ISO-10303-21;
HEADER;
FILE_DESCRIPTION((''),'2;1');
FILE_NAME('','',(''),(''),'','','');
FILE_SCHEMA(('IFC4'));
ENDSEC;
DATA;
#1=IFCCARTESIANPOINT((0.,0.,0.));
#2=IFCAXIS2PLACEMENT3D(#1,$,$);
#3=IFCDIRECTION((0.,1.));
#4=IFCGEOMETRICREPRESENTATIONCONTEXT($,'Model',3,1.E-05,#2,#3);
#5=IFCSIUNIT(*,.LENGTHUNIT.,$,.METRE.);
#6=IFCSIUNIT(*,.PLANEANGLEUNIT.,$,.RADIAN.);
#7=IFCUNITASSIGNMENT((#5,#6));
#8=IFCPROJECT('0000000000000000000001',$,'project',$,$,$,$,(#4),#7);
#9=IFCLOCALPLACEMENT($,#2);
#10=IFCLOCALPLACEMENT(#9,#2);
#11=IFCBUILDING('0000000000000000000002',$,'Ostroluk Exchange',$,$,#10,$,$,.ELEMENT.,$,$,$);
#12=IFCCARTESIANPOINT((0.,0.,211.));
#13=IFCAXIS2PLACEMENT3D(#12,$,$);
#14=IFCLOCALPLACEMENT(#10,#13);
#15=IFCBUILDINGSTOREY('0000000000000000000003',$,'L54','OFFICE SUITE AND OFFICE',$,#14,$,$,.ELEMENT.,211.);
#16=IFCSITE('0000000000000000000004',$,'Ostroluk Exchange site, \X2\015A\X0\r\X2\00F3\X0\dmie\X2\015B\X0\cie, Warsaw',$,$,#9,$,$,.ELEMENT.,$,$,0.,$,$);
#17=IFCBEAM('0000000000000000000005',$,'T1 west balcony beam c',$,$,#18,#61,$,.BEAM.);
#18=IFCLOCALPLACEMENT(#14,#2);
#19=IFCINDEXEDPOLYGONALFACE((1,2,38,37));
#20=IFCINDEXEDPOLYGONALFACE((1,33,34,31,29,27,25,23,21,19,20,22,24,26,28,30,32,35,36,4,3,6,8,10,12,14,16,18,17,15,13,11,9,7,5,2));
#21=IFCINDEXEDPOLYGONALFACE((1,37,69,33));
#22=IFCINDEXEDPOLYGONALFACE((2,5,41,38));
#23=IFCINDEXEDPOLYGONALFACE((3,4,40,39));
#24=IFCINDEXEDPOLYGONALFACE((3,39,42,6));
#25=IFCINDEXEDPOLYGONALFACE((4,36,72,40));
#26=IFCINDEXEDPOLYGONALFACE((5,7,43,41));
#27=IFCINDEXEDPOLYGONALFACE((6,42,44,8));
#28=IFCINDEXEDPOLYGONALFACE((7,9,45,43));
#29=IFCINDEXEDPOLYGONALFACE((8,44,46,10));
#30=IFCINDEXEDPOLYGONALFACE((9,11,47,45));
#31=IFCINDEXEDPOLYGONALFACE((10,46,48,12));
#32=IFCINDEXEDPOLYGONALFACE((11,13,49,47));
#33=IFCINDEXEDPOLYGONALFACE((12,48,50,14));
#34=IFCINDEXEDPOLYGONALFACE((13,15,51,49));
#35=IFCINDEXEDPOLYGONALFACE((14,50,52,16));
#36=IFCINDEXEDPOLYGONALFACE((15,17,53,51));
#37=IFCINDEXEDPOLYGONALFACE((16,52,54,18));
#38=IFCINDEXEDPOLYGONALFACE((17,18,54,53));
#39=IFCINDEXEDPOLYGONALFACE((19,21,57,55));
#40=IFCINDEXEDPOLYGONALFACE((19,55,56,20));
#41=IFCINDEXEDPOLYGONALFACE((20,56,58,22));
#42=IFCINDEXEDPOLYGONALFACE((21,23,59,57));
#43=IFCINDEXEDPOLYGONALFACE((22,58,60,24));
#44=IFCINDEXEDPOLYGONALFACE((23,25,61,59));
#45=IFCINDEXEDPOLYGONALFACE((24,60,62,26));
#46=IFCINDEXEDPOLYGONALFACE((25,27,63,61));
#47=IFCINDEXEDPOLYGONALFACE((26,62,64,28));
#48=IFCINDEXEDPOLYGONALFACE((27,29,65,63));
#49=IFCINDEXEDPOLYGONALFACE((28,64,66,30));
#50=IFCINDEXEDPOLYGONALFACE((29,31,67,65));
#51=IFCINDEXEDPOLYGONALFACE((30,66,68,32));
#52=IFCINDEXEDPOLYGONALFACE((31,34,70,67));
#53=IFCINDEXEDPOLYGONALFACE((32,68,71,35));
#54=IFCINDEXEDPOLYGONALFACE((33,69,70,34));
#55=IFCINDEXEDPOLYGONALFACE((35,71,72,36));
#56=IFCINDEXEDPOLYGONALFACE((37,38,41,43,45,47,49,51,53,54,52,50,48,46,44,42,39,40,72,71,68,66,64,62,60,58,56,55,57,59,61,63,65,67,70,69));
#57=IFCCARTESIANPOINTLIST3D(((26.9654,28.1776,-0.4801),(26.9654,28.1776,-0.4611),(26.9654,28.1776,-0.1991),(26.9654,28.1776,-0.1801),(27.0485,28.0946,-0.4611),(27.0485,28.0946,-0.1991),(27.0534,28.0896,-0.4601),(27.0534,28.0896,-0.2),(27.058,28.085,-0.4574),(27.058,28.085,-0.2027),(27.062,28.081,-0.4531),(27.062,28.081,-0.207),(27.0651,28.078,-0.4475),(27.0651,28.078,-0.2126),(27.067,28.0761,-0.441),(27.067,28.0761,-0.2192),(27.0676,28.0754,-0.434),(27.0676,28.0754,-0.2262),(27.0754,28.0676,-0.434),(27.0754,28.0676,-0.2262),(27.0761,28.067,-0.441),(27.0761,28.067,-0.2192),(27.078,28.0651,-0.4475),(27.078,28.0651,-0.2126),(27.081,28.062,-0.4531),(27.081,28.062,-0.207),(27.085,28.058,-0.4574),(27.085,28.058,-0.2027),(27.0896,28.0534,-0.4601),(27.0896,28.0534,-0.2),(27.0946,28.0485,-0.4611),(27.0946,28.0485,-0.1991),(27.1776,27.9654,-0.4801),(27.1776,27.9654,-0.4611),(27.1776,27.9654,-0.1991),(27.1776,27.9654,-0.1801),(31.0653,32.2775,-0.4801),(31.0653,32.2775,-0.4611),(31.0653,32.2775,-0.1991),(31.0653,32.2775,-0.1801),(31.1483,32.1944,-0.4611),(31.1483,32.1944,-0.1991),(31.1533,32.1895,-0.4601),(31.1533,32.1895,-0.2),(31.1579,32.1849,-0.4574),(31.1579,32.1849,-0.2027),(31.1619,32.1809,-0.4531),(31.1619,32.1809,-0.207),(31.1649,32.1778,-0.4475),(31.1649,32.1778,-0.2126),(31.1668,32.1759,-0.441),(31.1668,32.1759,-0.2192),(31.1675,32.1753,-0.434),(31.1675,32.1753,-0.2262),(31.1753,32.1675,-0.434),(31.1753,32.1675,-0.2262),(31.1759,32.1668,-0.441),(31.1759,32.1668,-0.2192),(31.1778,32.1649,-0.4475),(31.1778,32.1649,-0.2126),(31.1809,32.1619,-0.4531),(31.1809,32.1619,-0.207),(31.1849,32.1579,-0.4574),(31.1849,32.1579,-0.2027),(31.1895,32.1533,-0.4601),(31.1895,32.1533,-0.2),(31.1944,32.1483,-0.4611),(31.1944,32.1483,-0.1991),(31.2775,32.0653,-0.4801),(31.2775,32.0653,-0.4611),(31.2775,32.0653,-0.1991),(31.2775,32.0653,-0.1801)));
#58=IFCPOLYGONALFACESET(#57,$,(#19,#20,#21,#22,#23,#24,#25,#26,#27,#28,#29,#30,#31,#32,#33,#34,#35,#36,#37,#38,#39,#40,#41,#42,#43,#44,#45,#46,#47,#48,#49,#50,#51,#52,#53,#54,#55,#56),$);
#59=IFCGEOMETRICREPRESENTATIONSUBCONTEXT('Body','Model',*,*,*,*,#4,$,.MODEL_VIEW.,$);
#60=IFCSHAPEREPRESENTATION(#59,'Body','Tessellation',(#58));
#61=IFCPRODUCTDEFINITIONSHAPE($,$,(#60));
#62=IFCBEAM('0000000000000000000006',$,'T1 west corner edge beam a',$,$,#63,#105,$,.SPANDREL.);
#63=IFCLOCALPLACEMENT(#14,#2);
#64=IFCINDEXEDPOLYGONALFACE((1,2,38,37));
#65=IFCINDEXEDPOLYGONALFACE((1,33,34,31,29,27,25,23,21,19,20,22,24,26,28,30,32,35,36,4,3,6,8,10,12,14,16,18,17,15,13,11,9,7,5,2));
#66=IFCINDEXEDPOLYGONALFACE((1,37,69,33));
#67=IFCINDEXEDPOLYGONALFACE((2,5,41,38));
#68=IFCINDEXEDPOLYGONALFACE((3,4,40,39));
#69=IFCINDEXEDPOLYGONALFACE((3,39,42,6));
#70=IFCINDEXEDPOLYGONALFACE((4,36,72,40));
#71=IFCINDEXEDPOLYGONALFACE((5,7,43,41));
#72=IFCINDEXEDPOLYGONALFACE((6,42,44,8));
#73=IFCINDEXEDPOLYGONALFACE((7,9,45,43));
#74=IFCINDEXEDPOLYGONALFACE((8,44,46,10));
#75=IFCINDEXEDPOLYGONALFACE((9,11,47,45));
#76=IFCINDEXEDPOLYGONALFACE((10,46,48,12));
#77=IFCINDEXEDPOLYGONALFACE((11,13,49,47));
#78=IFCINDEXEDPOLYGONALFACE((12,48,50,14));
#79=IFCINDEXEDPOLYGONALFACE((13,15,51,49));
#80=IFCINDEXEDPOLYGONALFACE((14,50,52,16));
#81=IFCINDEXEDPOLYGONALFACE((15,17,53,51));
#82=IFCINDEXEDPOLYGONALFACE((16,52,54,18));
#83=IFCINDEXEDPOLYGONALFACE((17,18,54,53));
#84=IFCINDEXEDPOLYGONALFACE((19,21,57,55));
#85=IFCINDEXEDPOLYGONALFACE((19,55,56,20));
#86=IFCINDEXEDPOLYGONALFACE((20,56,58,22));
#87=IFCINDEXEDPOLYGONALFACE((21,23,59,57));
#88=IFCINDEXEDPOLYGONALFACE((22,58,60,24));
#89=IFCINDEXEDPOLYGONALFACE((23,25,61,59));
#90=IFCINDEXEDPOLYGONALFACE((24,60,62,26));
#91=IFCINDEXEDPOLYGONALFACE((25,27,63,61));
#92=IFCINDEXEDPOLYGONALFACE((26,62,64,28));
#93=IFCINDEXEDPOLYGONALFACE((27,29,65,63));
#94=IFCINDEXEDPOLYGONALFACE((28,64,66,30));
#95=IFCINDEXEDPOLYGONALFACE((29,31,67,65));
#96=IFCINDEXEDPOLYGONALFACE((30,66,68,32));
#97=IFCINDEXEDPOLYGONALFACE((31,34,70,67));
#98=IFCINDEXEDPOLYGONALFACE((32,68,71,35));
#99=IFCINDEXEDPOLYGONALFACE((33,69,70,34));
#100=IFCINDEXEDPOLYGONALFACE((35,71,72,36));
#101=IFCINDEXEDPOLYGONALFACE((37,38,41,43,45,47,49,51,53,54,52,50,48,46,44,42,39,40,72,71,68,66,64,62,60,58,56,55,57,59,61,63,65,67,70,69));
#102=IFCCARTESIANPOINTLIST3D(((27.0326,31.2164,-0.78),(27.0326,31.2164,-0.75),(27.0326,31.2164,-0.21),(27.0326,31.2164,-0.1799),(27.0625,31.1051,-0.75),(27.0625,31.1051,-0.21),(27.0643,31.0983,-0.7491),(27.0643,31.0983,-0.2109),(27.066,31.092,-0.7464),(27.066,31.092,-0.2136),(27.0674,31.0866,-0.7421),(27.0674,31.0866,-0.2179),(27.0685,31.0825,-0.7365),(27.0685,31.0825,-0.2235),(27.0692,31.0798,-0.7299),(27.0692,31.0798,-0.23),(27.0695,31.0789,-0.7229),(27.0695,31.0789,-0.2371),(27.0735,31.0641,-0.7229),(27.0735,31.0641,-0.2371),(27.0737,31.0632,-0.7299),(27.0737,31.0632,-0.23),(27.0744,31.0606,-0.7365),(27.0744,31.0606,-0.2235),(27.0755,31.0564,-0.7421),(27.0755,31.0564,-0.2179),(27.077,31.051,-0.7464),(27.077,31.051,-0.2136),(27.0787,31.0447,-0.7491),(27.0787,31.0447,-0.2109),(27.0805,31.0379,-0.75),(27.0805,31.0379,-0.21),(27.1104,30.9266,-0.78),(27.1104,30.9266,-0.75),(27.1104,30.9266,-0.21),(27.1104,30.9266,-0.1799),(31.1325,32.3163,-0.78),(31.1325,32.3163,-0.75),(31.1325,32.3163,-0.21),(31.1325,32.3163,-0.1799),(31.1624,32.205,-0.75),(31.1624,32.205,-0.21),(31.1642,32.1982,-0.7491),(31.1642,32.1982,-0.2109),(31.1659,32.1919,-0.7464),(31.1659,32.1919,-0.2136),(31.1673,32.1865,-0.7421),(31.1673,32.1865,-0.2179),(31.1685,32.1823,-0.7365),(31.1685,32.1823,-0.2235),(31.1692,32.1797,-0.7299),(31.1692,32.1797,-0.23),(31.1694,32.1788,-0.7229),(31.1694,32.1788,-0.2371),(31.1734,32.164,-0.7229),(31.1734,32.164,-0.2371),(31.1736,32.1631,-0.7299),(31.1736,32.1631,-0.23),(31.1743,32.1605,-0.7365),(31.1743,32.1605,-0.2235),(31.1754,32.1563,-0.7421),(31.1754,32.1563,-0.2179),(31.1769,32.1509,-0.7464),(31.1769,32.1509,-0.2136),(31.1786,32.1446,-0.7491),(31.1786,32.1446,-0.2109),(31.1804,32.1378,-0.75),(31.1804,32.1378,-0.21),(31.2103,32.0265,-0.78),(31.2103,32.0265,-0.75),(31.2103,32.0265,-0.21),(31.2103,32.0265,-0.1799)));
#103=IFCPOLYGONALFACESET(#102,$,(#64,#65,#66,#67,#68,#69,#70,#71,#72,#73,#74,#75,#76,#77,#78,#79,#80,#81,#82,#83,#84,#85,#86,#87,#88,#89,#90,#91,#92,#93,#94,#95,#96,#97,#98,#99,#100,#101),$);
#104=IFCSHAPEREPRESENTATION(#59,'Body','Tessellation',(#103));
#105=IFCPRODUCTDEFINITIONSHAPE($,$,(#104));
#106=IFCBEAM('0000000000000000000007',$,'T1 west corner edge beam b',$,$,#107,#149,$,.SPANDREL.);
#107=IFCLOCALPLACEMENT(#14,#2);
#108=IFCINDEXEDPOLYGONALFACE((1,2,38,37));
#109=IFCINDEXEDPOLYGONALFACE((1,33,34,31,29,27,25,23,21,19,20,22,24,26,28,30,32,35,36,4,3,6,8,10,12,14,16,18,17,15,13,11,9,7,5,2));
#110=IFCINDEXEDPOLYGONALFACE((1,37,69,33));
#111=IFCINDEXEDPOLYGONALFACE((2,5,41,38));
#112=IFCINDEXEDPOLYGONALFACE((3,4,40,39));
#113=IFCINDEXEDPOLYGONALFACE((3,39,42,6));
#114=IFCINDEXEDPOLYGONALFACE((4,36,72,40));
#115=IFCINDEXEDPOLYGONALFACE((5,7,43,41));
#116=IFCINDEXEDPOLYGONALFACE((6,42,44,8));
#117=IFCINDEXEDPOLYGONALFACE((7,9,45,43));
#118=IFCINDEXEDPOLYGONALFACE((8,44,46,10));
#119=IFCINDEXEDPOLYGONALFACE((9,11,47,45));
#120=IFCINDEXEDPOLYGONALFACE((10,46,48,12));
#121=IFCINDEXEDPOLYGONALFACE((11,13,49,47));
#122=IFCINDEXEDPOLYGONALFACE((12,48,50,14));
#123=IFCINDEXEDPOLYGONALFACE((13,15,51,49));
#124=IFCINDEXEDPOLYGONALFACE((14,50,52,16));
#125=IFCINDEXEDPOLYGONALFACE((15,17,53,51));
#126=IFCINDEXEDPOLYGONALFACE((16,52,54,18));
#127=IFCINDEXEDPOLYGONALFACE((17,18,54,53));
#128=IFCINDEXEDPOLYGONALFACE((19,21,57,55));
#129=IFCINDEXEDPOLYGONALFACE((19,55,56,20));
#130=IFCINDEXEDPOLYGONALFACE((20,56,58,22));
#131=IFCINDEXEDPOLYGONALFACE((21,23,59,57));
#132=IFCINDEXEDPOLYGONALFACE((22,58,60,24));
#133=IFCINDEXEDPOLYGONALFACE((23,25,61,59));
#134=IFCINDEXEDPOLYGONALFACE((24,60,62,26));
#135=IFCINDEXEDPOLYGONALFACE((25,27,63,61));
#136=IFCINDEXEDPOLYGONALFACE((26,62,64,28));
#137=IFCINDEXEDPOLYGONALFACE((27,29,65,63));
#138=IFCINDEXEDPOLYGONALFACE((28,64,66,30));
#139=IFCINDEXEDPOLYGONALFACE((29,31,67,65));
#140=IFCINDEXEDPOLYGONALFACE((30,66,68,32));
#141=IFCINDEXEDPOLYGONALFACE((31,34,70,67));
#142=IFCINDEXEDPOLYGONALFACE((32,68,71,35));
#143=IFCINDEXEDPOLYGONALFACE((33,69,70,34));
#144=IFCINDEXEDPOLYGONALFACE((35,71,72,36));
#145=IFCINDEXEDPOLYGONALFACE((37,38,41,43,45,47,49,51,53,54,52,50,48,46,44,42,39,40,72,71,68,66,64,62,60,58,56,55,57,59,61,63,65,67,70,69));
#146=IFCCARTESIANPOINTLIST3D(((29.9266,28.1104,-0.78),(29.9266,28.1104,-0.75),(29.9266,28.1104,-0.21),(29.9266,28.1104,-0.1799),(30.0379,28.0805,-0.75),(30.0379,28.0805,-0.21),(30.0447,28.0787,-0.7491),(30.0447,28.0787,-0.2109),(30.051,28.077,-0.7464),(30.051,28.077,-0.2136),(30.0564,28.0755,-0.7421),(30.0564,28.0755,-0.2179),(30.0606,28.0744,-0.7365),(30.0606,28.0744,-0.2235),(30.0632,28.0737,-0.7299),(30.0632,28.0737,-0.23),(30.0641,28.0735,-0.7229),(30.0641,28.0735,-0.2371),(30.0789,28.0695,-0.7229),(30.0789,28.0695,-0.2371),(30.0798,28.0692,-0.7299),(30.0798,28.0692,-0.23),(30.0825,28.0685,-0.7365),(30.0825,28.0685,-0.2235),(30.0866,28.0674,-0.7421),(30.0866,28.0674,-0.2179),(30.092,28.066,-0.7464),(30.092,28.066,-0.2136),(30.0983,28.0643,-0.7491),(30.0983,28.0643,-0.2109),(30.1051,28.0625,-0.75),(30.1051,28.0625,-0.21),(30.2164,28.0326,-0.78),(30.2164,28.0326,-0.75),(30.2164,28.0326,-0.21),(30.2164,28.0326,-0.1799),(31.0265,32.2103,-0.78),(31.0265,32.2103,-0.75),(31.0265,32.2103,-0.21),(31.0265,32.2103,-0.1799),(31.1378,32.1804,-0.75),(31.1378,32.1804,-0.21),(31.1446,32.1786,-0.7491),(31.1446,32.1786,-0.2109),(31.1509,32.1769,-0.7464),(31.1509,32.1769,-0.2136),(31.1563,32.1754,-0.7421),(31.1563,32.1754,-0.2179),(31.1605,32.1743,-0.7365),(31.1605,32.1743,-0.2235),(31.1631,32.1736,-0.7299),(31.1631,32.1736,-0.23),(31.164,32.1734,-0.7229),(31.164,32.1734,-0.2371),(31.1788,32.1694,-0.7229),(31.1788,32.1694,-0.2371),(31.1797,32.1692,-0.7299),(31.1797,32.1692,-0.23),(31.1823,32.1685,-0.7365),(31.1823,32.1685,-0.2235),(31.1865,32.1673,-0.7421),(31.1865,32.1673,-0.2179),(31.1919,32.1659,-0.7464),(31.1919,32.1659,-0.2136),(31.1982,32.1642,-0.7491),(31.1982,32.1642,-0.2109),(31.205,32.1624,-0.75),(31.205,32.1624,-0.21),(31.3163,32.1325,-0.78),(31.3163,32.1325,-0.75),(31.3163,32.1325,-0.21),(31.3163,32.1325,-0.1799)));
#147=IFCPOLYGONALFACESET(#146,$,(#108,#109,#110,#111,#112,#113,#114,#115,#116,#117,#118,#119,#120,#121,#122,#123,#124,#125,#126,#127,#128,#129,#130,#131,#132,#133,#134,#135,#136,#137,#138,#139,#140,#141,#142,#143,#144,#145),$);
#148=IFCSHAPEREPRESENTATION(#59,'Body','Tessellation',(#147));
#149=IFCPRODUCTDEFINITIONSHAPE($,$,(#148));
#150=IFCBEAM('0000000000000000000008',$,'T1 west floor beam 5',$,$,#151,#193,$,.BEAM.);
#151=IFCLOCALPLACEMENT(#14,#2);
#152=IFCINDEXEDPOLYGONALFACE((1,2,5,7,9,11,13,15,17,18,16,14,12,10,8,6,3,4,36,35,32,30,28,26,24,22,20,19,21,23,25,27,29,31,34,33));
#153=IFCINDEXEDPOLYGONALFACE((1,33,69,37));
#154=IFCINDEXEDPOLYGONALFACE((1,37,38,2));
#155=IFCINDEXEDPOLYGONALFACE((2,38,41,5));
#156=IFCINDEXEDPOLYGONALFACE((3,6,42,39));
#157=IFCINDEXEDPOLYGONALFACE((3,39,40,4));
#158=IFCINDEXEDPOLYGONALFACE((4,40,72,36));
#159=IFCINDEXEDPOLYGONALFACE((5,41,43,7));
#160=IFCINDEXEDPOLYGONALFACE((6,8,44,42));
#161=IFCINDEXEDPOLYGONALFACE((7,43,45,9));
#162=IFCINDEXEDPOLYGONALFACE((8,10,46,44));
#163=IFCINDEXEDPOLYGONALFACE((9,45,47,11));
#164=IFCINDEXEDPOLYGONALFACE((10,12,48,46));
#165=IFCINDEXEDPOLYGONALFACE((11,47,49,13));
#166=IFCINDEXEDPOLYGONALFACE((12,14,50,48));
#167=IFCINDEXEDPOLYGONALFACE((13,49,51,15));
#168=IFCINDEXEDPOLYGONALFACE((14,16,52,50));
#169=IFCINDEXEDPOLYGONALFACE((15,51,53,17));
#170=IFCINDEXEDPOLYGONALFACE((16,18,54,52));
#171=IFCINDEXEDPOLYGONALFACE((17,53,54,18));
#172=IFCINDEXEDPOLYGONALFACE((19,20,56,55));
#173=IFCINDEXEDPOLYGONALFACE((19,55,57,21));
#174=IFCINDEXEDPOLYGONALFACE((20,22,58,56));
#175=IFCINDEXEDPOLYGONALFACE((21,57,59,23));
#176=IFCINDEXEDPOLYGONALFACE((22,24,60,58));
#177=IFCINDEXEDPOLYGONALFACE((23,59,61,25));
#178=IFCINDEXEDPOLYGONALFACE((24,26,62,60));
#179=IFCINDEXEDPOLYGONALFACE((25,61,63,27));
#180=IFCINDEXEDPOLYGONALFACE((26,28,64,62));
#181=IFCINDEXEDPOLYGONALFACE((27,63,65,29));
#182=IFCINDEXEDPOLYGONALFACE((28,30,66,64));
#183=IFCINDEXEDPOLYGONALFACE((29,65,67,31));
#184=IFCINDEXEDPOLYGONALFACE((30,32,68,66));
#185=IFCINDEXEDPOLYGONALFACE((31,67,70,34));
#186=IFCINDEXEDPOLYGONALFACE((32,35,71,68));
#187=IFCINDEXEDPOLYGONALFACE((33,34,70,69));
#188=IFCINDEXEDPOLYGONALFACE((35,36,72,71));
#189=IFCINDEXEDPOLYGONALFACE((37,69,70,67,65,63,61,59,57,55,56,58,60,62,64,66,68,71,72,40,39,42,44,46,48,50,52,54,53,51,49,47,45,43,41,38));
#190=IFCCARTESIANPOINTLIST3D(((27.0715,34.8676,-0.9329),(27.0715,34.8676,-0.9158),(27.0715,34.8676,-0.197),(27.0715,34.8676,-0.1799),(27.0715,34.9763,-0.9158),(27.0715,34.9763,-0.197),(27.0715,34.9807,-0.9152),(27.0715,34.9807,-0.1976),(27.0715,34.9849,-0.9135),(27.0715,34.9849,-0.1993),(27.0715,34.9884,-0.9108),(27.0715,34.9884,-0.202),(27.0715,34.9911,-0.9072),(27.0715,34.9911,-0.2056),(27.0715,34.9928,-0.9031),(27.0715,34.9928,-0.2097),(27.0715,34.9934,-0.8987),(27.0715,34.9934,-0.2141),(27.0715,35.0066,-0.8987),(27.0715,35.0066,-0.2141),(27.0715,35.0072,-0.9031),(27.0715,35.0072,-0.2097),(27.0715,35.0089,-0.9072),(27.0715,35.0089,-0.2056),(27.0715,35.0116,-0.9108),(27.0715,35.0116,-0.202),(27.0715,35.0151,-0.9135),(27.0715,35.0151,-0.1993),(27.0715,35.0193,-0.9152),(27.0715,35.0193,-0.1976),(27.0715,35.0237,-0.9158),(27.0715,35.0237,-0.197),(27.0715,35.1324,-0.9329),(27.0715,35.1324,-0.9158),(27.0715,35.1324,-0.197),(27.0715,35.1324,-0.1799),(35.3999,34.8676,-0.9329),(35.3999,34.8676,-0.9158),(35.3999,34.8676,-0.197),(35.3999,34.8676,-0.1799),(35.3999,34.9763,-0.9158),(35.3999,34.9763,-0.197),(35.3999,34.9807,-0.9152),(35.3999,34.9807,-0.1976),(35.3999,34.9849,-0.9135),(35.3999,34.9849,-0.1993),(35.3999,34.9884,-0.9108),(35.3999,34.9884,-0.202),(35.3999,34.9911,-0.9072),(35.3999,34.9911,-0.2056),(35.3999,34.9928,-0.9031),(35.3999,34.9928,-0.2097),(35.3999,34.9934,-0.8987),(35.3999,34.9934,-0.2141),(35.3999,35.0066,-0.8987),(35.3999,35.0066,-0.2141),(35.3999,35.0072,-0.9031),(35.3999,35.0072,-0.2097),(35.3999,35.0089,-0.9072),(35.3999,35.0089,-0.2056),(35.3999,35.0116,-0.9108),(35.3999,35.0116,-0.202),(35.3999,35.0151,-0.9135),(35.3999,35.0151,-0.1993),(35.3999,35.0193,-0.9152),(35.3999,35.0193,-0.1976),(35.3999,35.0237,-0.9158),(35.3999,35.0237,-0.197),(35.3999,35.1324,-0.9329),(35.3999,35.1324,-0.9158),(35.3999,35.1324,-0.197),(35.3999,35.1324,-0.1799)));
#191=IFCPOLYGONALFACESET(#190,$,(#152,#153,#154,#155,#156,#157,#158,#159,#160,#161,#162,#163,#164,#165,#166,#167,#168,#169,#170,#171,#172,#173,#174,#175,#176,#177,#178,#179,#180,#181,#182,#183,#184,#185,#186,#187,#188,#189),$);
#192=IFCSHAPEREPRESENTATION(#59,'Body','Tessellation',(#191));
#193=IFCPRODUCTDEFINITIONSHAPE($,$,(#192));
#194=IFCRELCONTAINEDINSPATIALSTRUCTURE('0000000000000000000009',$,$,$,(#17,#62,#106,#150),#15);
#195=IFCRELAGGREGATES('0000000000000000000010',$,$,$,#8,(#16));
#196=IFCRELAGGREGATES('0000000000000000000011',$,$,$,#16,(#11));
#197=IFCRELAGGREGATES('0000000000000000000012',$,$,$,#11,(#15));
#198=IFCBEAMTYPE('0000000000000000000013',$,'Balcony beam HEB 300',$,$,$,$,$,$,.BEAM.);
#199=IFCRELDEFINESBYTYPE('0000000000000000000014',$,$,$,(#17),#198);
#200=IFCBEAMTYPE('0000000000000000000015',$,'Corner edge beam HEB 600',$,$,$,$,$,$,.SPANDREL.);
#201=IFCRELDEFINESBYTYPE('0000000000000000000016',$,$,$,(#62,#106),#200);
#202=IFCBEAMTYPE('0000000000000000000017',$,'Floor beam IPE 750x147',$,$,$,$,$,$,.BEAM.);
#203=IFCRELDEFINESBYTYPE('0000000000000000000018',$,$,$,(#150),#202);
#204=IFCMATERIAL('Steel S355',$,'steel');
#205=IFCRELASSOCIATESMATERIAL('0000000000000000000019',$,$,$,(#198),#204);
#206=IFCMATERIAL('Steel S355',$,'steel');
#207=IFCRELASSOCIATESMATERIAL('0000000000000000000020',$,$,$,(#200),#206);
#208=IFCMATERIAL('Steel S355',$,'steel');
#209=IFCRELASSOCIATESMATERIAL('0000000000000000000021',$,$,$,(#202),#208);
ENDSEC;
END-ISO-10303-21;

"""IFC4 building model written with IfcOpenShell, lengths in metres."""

from ifc_helpers import new_model, si_unit, direction, frame, origin, origin_2d, place, context, subcontext, project, spatial, i_section, extrude, material, material_profile, profile_set, type_object, element, save


model = new_model("IFC4")

# Units and contexts
model_context = context("Model", 3, precision=1e-05, world=origin(), true_north=direction((0.0, 1.0)))
body_context = subcontext(model_context, "Body", "Model", "MODEL_VIEW")
ifc_project = project(units=[si_unit("LENGTHUNIT", "METRE"), si_unit("PLANEANGLEUNIT", "RADIAN")], contexts=[model_context])

# Site, building, storey
site_placement = place(None, origin())
site = spatial("IfcSite", under=ifc_project, at=site_placement, Name="Ostroluk Exchange site, Śródmieście, Warsaw", CompositionType="ELEMENT", RefElevation=0.0)
building_placement = place(site_placement, origin())
building = spatial("IfcBuilding", under=site, at=building_placement, Name="Ostroluk Exchange", CompositionType="ELEMENT")
storey_placement = place(building_placement, frame((0.0, 0.0, 211.0)))
storey = spatial("IfcBuildingStorey", under=building, at=storey_placement, Name="L54", Description="OFFICE SUITE AND OFFICE", CompositionType="ELEMENT", Elevation=211.0)

# Beams
ifc_material_1 = material(Name="Steel S355", Category="steel")
ifc_material_profile_1 = material_profile(ifc_material_1, i_section(OverallWidth=0.3, OverallDepth=0.3, WebThickness=0.011, FlangeThickness=0.019, FilletRadius=0.0271, at=origin_2d()), Name="HEB 300")
ifc_profile_set_1 = profile_set([ifc_material_profile_1], Name="Steel S355")
beam_type_1 = type_object("IfcBeamType", Name="Balcony beam HEB 300", PredefinedType="BEAM", material=ifc_profile_set_1)
beam_1_placement = place(storey_placement, frame((31.1714, 32.1714, -0.3301), z_axis=(-0.707107, -0.707107, 0.0), x_axis=(0.707107, -0.707107, 0.0)))
element("IfcBeam", 1, at=beam_1_placement, inside=storey, type_object=beam_type_1, Name="T1 west balcony beam c", PredefinedType="BEAM", context=body_context, shape_type="SweptSolid", body=[
    extrude(i_section(OverallWidth=0.3, OverallDepth=0.3, WebThickness=0.011, FlangeThickness=0.019, FilletRadius=0.0271, at=origin_2d()), origin(), (0.0, 0.0, 1.0), 5.7981),
])
ifc_material_2 = material(Name="Steel S355", Category="steel")
ifc_material_profile_2 = material_profile(ifc_material_2, i_section(OverallWidth=0.3, OverallDepth=0.6001, WebThickness=0.0154, FlangeThickness=0.03, FilletRadius=0.0271, at=origin_2d()), Name="HEB 600")
ifc_profile_set_2 = profile_set([ifc_material_profile_2], Name="Steel S355")
beam_type_2 = type_object("IfcBeamType", Name="Corner edge beam HEB 600", PredefinedType="SPANDREL", material=ifc_profile_set_2)
for number, where, z_axis, x_axis, name in (
    (2, (31.1714, 32.1714, -0.48), (-0.965849, -0.259105, 0.0), (0.259105, -0.965849, 0.0), "T1 west corner edge beam a"),
    (3, (31.1714, 32.1714, -0.48), (-0.259105, -0.965849, 0.0), (0.965849, -0.259105, 0.0), "T1 west corner edge beam b"),
):
    element("IfcBeam", number, at=place(storey_placement, frame(where, z_axis=z_axis, x_axis=x_axis)), inside=storey, type_object=beam_type_2, Name=name, PredefinedType="SPANDREL", context=body_context, shape_type="SweptSolid", body=[
        extrude(i_section(OverallWidth=0.3, OverallDepth=0.6001, WebThickness=0.0154, FlangeThickness=0.03, FilletRadius=0.0271, at=origin_2d()), origin(), (0.0, 0.0, 1.0), 4.2449),
    ])
ifc_material_3 = material(Name="Steel S355", Category="steel")
ifc_material_profile_3 = material_profile(ifc_material_3, i_section(OverallWidth=0.2649, OverallDepth=0.7529, WebThickness=0.0132, FlangeThickness=0.0171, FilletRadius=0.0171, at=origin_2d()), Name="IPE 750x147")
ifc_profile_set_3 = profile_set([ifc_material_profile_3], Name="Steel S355")
beam_type_3 = type_object("IfcBeamType", Name="Floor beam IPE 750x147", PredefinedType="BEAM", material=ifc_profile_set_3)
beam_2_placement = place(storey_placement, frame((35.3999, 35.0, -0.5564), z_axis=(-1.0, 0.0, 0.0), x_axis=(0.0, -1.0, 0.0)))
element("IfcBeam", 4, at=beam_2_placement, inside=storey, type_object=beam_type_3, Name="T1 west floor beam 5", PredefinedType="BEAM", context=body_context, shape_type="SweptSolid", body=[
    extrude(i_section(OverallWidth=0.2649, OverallDepth=0.7529, WebThickness=0.0132, FlangeThickness=0.0171, FilletRadius=0.0171, at=origin_2d()), origin(), (0.0, 0.0, 1.0), 8.3284),
])

save(model, "model.ifc")
